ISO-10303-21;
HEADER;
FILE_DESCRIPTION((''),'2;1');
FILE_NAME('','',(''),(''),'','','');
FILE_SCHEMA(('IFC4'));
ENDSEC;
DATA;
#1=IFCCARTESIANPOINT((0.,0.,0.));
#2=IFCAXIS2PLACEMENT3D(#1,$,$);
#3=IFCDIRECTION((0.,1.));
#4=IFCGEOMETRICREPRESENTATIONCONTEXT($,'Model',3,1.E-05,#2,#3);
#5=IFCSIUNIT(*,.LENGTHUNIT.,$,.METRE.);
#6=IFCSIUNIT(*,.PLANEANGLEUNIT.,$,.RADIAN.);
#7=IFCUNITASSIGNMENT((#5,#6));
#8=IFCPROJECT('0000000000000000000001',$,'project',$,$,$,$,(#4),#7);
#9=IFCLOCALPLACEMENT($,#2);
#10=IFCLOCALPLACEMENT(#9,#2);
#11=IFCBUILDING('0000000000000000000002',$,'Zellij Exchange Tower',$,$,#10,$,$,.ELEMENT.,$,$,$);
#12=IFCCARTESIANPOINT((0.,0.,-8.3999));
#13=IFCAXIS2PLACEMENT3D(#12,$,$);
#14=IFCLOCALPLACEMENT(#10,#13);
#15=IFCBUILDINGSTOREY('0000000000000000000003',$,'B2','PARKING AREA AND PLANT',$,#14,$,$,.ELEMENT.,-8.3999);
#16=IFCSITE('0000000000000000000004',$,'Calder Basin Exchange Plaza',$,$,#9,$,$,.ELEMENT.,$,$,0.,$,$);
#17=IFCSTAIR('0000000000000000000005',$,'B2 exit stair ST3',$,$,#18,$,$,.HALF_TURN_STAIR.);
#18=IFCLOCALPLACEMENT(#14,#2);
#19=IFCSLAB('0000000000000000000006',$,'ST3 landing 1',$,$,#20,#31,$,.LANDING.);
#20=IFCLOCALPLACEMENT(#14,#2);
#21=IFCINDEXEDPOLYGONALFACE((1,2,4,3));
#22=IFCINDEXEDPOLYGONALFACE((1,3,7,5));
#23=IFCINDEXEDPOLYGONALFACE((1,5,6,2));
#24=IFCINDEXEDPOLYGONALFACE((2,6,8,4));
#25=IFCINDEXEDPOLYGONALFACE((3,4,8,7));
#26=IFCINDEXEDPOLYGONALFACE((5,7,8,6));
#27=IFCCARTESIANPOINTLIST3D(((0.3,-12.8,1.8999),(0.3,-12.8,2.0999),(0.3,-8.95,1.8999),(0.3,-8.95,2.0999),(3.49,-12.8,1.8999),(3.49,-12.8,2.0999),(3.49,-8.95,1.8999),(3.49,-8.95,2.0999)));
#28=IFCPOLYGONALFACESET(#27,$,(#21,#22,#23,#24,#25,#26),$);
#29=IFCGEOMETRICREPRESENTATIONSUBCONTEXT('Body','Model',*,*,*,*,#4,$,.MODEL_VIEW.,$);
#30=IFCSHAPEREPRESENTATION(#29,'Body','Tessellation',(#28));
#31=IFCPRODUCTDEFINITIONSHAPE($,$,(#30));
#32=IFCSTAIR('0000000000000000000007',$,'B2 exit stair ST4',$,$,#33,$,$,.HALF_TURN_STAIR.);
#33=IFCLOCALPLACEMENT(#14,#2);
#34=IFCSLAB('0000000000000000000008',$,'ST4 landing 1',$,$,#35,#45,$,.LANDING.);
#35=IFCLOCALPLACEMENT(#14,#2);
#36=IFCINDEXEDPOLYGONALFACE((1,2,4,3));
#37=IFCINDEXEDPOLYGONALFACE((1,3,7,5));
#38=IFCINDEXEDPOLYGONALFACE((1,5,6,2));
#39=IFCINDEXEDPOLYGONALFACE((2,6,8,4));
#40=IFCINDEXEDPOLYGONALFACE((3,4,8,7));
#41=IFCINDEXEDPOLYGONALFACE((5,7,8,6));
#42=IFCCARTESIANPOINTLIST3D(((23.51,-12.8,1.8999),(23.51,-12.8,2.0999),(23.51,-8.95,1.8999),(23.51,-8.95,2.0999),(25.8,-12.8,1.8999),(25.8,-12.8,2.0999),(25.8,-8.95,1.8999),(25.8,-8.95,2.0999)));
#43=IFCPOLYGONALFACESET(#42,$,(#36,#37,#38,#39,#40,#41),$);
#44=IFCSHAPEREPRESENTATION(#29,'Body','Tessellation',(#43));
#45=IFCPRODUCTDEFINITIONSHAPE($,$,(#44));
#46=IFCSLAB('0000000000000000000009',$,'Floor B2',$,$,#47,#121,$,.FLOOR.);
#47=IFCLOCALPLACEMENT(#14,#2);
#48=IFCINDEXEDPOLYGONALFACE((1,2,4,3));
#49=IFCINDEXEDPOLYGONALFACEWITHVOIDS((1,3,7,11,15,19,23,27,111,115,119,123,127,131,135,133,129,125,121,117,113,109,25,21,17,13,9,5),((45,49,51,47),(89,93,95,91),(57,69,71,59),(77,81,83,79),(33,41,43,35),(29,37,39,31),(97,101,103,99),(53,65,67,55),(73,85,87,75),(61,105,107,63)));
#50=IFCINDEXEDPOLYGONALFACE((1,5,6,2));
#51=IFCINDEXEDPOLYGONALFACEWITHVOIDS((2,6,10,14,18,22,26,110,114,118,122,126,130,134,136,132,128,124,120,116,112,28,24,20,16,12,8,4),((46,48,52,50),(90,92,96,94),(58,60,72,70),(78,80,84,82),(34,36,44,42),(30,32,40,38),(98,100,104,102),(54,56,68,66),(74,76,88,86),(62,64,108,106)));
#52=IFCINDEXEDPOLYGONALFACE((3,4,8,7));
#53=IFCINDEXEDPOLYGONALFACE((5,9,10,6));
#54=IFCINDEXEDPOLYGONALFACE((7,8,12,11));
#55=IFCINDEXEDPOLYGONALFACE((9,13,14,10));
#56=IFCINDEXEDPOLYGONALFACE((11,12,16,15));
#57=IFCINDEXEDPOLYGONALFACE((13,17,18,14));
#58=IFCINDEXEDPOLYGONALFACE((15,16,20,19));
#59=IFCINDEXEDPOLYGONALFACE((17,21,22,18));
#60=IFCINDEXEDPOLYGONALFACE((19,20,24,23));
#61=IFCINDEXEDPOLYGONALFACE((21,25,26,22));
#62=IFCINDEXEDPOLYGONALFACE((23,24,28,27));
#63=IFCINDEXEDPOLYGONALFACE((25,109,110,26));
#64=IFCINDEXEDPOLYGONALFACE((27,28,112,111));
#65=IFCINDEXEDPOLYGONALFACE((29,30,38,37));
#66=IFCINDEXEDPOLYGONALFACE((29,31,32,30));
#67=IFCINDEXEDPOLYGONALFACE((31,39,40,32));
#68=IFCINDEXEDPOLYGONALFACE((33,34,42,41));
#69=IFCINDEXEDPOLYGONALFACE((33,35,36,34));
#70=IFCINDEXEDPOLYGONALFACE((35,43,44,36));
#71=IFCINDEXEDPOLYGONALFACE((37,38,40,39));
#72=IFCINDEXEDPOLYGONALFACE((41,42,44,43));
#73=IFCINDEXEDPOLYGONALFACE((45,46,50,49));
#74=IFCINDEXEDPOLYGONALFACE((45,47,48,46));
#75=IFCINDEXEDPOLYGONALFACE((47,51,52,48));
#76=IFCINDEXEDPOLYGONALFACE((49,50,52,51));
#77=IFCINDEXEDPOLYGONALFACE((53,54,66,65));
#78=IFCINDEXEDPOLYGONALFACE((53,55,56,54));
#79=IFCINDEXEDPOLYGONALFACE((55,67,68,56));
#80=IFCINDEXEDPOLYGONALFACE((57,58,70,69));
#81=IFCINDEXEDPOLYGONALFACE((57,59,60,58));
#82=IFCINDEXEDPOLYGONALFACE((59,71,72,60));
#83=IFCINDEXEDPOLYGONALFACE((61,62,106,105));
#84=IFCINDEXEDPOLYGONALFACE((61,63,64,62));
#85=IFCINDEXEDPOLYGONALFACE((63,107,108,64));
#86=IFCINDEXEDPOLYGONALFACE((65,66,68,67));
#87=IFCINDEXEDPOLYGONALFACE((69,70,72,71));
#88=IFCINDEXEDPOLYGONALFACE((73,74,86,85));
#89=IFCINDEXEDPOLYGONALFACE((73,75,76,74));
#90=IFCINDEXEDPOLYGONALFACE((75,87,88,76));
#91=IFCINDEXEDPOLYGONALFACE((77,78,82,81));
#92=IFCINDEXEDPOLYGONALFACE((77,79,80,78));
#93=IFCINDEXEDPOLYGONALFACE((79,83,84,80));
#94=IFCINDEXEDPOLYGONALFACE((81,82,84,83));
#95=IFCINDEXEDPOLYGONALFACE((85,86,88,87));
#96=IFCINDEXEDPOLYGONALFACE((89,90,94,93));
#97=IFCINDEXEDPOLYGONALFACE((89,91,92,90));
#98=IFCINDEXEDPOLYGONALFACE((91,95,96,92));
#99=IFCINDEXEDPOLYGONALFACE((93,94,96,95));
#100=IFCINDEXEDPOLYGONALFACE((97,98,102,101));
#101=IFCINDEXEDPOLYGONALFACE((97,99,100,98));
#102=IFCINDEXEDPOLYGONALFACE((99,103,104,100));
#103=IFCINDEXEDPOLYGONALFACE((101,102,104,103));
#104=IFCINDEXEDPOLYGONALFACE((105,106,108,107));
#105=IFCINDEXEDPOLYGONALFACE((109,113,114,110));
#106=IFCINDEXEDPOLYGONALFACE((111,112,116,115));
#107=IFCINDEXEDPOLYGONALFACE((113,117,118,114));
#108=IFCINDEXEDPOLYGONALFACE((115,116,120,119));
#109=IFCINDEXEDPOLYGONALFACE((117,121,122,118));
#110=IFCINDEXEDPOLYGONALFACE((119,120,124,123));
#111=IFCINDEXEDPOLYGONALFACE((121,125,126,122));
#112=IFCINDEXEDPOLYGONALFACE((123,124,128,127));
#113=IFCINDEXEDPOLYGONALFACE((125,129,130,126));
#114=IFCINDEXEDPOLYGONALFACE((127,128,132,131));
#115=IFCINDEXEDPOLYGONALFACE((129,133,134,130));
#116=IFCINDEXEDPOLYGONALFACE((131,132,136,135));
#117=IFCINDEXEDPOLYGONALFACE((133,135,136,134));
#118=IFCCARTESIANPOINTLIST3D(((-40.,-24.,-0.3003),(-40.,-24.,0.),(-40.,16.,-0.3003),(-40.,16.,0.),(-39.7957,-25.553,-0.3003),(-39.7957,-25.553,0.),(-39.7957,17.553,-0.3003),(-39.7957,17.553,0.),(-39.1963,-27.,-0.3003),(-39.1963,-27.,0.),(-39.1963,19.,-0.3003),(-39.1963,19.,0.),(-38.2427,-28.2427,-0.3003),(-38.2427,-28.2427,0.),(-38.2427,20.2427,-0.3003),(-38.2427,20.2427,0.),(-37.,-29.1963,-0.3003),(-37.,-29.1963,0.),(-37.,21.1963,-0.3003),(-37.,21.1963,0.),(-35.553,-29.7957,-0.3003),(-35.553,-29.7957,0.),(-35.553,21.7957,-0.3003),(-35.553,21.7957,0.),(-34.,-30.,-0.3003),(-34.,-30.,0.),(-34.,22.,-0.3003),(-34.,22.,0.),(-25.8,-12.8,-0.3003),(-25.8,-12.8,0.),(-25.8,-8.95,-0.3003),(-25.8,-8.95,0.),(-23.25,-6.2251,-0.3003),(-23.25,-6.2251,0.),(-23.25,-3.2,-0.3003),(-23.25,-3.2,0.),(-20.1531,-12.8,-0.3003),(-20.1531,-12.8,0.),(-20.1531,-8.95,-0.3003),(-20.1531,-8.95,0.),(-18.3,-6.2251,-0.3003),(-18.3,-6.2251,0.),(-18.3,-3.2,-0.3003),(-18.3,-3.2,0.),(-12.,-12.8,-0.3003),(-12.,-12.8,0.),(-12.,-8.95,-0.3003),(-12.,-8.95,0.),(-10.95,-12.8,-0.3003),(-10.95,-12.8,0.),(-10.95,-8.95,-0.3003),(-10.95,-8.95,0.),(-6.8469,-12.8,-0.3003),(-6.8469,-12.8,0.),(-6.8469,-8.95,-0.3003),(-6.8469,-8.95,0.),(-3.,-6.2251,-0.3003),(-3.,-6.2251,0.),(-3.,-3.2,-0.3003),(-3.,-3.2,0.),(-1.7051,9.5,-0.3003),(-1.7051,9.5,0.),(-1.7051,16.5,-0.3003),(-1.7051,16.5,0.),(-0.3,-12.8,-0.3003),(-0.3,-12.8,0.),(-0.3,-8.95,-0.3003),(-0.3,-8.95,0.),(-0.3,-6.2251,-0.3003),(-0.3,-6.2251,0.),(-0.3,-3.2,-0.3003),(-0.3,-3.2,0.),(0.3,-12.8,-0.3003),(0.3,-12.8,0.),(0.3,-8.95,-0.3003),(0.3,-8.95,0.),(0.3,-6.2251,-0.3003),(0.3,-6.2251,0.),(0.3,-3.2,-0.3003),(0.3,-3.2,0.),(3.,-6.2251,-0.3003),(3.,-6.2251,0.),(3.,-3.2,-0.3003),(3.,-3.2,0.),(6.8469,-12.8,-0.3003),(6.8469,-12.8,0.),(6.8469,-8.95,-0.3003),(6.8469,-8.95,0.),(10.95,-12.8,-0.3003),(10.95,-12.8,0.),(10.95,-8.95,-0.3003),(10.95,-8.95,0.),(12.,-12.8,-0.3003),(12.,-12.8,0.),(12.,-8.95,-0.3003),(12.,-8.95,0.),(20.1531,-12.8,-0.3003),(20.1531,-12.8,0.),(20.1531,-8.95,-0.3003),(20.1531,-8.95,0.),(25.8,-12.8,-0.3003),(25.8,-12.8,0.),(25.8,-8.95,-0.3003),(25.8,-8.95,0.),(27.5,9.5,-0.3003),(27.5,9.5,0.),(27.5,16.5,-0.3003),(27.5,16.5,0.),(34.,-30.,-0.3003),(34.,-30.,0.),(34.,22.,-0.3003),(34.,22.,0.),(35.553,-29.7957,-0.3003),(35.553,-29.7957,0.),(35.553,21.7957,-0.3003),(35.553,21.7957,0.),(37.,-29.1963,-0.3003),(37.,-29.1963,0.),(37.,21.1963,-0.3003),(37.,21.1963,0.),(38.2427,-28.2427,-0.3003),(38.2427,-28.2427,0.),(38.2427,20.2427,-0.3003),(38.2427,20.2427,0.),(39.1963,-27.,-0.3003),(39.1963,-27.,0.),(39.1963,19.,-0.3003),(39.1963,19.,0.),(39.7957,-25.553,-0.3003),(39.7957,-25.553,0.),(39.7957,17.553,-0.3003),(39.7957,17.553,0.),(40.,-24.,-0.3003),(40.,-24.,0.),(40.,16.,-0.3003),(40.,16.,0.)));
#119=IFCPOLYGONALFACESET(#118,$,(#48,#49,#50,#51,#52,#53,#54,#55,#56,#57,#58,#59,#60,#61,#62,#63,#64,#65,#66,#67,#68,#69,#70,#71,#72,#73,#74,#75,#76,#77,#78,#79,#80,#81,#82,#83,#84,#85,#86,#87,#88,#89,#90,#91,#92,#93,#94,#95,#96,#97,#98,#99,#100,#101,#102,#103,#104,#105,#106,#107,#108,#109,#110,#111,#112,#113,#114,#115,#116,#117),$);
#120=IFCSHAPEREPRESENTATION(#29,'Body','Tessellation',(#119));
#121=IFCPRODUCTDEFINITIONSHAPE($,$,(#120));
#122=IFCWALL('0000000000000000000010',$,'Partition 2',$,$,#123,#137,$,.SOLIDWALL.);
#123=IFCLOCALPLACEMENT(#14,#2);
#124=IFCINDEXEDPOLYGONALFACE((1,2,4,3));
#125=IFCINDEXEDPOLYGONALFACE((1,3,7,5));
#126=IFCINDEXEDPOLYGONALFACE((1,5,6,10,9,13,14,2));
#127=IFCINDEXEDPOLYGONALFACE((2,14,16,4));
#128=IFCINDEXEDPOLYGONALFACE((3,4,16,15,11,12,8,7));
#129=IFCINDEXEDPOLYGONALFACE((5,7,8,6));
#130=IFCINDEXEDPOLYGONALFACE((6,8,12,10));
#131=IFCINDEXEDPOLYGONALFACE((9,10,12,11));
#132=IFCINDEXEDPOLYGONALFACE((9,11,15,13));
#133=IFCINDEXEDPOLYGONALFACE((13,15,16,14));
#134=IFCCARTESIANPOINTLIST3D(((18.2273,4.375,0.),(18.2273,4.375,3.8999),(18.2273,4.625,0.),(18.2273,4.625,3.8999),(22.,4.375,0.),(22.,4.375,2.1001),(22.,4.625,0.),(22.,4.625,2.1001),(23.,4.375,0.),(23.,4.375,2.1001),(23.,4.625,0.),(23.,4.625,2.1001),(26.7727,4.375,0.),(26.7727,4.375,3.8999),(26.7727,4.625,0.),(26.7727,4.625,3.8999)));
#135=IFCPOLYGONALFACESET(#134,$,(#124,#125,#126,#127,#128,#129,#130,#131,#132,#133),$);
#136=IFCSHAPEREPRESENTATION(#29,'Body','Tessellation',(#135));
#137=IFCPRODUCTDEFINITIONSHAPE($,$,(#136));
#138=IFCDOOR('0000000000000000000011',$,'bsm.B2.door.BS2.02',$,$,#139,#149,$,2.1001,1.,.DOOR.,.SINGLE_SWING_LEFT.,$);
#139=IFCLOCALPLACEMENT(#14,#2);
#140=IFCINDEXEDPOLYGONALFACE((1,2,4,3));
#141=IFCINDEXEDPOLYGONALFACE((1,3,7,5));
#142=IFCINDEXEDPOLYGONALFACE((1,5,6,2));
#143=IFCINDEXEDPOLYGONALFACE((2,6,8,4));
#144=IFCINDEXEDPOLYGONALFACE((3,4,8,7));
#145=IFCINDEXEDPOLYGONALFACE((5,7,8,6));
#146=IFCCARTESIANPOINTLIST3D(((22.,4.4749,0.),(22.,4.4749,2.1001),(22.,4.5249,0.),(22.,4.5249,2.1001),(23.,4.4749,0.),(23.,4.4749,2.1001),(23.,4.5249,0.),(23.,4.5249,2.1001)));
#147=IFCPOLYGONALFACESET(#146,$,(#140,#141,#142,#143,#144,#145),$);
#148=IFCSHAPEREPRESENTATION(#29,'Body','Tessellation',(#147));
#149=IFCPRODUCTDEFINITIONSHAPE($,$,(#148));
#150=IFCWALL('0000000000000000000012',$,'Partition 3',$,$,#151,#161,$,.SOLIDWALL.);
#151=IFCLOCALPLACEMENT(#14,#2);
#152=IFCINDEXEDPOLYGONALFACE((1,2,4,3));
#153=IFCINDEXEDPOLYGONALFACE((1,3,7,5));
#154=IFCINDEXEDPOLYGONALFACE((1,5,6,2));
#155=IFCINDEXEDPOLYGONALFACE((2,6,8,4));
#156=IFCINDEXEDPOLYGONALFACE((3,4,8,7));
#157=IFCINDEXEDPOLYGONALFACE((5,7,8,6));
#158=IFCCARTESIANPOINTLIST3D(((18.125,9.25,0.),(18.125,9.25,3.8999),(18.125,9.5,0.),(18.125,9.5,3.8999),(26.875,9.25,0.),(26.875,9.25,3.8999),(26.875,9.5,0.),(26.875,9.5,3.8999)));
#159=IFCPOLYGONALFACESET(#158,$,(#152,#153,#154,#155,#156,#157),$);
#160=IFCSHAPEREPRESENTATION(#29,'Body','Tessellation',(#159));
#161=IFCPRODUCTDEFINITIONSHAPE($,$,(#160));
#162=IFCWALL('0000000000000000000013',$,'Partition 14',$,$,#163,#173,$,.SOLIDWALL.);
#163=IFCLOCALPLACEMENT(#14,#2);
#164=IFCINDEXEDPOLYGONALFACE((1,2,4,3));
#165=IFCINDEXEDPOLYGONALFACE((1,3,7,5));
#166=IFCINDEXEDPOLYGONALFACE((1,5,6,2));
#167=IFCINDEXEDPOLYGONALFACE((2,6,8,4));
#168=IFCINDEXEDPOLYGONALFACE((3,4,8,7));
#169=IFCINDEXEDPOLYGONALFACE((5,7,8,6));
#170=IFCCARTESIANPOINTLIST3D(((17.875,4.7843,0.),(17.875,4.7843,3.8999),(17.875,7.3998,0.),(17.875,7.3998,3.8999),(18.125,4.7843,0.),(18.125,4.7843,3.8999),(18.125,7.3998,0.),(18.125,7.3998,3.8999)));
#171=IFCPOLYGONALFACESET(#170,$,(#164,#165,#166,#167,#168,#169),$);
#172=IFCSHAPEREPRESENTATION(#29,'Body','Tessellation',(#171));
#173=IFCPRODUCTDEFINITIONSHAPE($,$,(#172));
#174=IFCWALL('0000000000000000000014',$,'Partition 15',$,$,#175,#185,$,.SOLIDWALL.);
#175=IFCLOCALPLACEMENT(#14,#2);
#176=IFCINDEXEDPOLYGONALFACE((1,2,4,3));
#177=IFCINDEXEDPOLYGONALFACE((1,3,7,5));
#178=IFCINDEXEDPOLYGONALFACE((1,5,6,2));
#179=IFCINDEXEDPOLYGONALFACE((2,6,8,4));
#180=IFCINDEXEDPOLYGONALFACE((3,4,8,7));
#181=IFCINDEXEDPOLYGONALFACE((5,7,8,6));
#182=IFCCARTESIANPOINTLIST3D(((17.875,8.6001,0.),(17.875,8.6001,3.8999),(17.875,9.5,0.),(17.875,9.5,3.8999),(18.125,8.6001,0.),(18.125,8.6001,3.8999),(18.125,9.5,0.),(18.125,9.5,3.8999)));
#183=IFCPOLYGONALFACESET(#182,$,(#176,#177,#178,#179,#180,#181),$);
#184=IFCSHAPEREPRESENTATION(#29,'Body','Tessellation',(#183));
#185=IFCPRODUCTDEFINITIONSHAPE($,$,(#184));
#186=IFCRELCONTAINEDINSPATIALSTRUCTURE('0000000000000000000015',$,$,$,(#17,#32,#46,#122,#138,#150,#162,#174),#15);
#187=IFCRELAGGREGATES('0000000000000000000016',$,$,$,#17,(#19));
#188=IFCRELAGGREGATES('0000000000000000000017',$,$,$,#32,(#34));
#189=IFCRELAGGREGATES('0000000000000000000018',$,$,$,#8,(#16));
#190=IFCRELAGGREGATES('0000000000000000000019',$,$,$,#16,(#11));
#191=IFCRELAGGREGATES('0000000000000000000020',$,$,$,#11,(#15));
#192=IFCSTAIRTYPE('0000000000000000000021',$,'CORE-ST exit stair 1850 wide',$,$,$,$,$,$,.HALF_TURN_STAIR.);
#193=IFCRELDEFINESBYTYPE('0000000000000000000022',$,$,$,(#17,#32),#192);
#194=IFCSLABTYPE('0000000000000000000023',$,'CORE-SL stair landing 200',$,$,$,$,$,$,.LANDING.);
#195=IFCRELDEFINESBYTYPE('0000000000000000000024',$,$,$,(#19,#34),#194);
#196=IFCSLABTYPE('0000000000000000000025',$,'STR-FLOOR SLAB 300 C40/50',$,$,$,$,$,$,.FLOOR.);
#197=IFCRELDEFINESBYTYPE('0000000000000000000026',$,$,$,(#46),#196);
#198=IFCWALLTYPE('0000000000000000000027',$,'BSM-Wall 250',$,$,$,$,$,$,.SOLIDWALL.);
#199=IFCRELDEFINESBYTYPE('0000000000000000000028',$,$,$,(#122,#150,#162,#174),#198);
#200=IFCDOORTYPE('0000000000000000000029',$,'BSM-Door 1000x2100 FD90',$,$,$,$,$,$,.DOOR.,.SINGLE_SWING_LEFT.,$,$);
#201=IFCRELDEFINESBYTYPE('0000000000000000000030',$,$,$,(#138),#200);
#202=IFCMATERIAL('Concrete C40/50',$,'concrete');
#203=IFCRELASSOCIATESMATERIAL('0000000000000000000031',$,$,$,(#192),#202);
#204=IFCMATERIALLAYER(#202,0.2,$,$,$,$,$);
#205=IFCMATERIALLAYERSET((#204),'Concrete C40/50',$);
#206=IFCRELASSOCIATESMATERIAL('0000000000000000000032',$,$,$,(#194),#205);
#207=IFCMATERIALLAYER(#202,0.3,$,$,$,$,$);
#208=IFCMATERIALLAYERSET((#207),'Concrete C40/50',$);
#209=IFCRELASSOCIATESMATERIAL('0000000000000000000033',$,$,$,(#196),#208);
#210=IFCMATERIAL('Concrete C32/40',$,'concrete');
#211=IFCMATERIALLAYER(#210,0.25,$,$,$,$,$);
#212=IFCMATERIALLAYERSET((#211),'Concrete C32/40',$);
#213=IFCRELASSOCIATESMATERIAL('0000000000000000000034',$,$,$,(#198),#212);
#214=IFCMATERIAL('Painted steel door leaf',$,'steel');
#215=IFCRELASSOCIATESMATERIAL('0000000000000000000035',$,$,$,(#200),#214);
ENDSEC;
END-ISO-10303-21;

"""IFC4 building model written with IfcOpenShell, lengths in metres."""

from ifc_helpers import new_model, si_unit, direction, frame, frame_2d, origin, place, context, subcontext, project, spatial, polyline, rectangle, outline, extrude, material, layer, layer_set, type_object, element, fill, aggregate, save


model = new_model("IFC4")

# Units and contexts
model_context = context("Model", 3, precision=1e-05, world=origin(), true_north=direction((0.0, 1.0)))
body_context = subcontext(model_context, "Body", "Model", "MODEL_VIEW")
ifc_project = project(units=[si_unit("LENGTHUNIT", "METRE"), si_unit("PLANEANGLEUNIT", "RADIAN")], contexts=[model_context])

# Site, building, storey
site_placement = place(None, origin())
site = spatial("IfcSite", under=ifc_project, at=site_placement, Name="Calder Basin Exchange Plaza", CompositionType="ELEMENT", RefElevation=0.0)
building_placement = place(site_placement, origin())
building = spatial("IfcBuilding", under=site, at=building_placement, Name="Zellij Exchange Tower", CompositionType="ELEMENT")
storey_placement = place(building_placement, frame((0.0, 0.0, -8.3999)))
storey = spatial("IfcBuildingStorey", under=building, at=storey_placement, Name="B2", Description="PARKING AREA AND PLANT", CompositionType="ELEMENT", Elevation=-8.3999)

# Shared definitions
ifc_material_1 = material(Name="Concrete C40/50", Category="concrete")

# Stairs, slabs
stair_type = type_object("IfcStairType", Name="CORE-ST exit stair 1850 wide", PredefinedType="HALF_TURN_STAIR", material=ifc_material_1)
ifc_layer_1 = layer(ifc_material_1, 0.2)
ifc_layer_set_1 = layer_set([ifc_layer_1], Name="Concrete C40/50")
slab_type_1 = type_object("IfcSlabType", Name="CORE-SL stair landing 200", PredefinedType="LANDING", material=ifc_layer_set_1)
stair_1_placement = place(storey_placement, origin())
stair_1 = element("IfcStair", 1, at=stair_1_placement, inside=storey, type_object=stair_type, Name="B2 exit stair ST3", PredefinedType="HALF_TURN_STAIR")
slab_1_placement = place(storey_placement, frame((0.0, 0.0, 1.8999)))
slab_1 = element("IfcSlab", 2, at=slab_1_placement, type_object=slab_type_1, Name="ST3 landing 1", PredefinedType="LANDING", context=body_context, shape_type="SweptSolid", body=[
    extrude(outline(polyline([(3.49, -8.95), (0.3, -8.95), (0.3, -12.8), (3.49, -12.8), (3.49, -8.95)])), origin(), (0.0, 0.0, 1.0), 0.2),
])
aggregate(stair_1, [slab_1])
stair_2_placement = place(storey_placement, origin())
stair_2 = element("IfcStair", 3, at=stair_2_placement, inside=storey, type_object=stair_type, Name="B2 exit stair ST4", PredefinedType="HALF_TURN_STAIR")
slab_2_placement = place(storey_placement, frame((0.0, 0.0, 1.8999)))
slab_2 = element("IfcSlab", 4, at=slab_2_placement, type_object=slab_type_1, Name="ST4 landing 1", PredefinedType="LANDING", context=body_context, shape_type="SweptSolid", body=[
    extrude(outline(polyline([(23.51, -12.8), (25.8, -12.8), (25.8, -8.95), (23.51, -8.95), (23.51, -12.8)])), origin(), (0.0, 0.0, 1.0), 0.2),
])
aggregate(stair_2, [slab_2])

# Slab
ifc_layer_2 = layer(ifc_material_1, 0.3)
ifc_layer_set_2 = layer_set([ifc_layer_2], Name="Concrete C40/50")
slab_type_2 = type_object("IfcSlabType", Name="STR-FLOOR SLAB 300 C40/50", PredefinedType="FLOOR", material=ifc_layer_set_2)
slab_3_placement = place(storey_placement, frame((0.0, 0.0, -0.3003)))
element("IfcSlab", 5, at=slab_3_placement, inside=storey, type_object=slab_type_2, Name="Floor B2", PredefinedType="FLOOR", context=body_context, shape_type="SweptSolid", body=[
    extrude(outline(polyline([(-34.0, -30.0), (-35.553, -29.7957), (-37.0, -29.1963), (-38.2427, -28.2427), (-39.1963, -27.0), (-39.7957, -25.553), (-40.0, -24.0), (-40.0, 16.0), (-39.7957, 17.553), (-39.1963, 19.0), (-38.2427, 20.2427), (-37.0, 21.1963), (-35.553, 21.7957), (-34.0, 22.0), (34.0, 22.0), (35.553, 21.7957), (37.0, 21.1963), (38.2427, 20.2427), (39.1963, 19.0), (39.7957, 17.553), (40.0, 16.0), (40.0, -24.0), (39.7957, -25.553), (39.1963, -27.0), (38.2427, -28.2427), (37.0, -29.1963), (35.553, -29.7957), (34.0, -30.0), (-34.0, -30.0)]), holes=[polyline([(-25.8, -8.95), (-25.8, -12.8), (-20.1531, -12.8), (-20.1531, -8.95), (-25.8, -8.95)]), polyline([(-12.0, -8.95), (-12.0, -12.8), (-10.95, -12.8), (-10.95, -8.95), (-12.0, -8.95)]), polyline([(-6.8469, -8.95), (-6.8469, -12.8), (-0.3, -12.8), (-0.3, -8.95), (-6.8469, -8.95)]), polyline([(6.8469, -8.95), (0.3, -8.95), (0.3, -12.8), (6.8469, -12.8), (6.8469, -8.95)]), polyline([(12.0, -8.95), (10.95, -8.95), (10.95, -12.8), (12.0, -12.8), (12.0, -8.95)]), polyline([(20.1531, -8.95), (20.1531, -12.8), (25.8, -12.8), (25.8, -8.95), (20.1531, -8.95)]), polyline([(-23.25, -3.2), (-23.25, -6.2251), (-18.3, -6.2251), (-18.3, -3.2), (-23.25, -3.2)]), polyline([(-3.0, -3.2), (-3.0, -6.2251), (-0.3, -6.2251), (-0.3, -3.2), (-3.0, -3.2)]), polyline([(3.0, -3.2), (0.3, -3.2), (0.3, -6.2251), (3.0, -6.2251), (3.0, -3.2)]), polyline([(27.5, 16.5), (-1.7051, 16.5), (-1.7051, 9.5), (27.5, 9.5), (27.5, 16.5)])]), origin(), (0.0, 0.0, 1.0), 0.3003),
])

# Wall, opening, door
ifc_material_2 = material(Name="Concrete C32/40", Category="concrete")
ifc_layer_3 = layer(ifc_material_2, 0.25)
ifc_layer_set_3 = layer_set([ifc_layer_3], Name="Concrete C32/40")
wall_type_1 = type_object("IfcWallType", Name="BSM-Wall 250", PredefinedType="SOLIDWALL", material=ifc_layer_set_3)
wall_1_placement = place(storey_placement, frame((18.2273, 4.5, 0.0), z_axis=(0.0, 0.0, 1.0), x_axis=(1.0, 0.0, 0.0)))
wall_1 = element("IfcWall", 6, at=wall_1_placement, inside=storey, type_object=wall_type_1, Name="Partition 2", PredefinedType="SOLIDWALL", context=body_context, shape_type="SweptSolid", body=[
    extrude(rectangle(XDim=8.5454, YDim=0.25, at=frame_2d((4.2727, 0.0))), origin(), (0.0, 0.0, 1.0), 3.8999),
])
opening_placement = place(wall_1_placement, frame((3.7727, 0.0, 0.0)))
opening = element("IfcOpeningElement", 7, at=opening_placement, cuts=wall_1, PredefinedType="OPENING", context=body_context, shape_type="SweptSolid", body=[
    extrude(rectangle(XDim=1.0, YDim=2.1001, at=frame_2d((0.5, 1.05))), frame((0.0, 0.137, 0.0), z_axis=(0.0, -1.0, 0.0), x_axis=(1.0, 0.0, 0.0)), (0.0, 0.0, 1.0), 0.2739),
])
ifc_material_3 = material(Name="Painted steel door leaf", Category="steel")
door_type = type_object("IfcDoorType", Name="BSM-Door 1000x2100 FD90", OperationType="SINGLE_SWING_LEFT", PredefinedType="DOOR", material=ifc_material_3)
door_placement = place(opening_placement, origin())
door = element("IfcDoor", 8, at=door_placement, inside=storey, type_object=door_type, Name="bsm.B2.door.BS2.02", OperationType="SINGLE_SWING_LEFT", OverallHeight=2.1001, OverallWidth=1.0, PredefinedType="DOOR", context=body_context, shape_type="SweptSolid", body=[
    extrude(rectangle(XDim=1.0, YDim=2.1001, at=frame_2d((0.5, 1.05))), frame((0.0, 0.0249, 0.0), z_axis=(0.0, -1.0, 0.0), x_axis=(1.0, 0.0, 0.0)), (0.0, 0.0, 1.0), 0.05),
])
fill(opening, door)

# Walls
wall_2_placement = place(storey_placement, frame((18.125, 9.375, 0.0), z_axis=(0.0, 0.0, 1.0), x_axis=(1.0, 0.0, 0.0)))
element("IfcWall", 9, at=wall_2_placement, inside=storey, type_object=wall_type_1, Name="Partition 3", PredefinedType="SOLIDWALL", context=body_context, shape_type="SweptSolid", body=[
    extrude(rectangle(XDim=8.75, YDim=0.25, at=frame_2d((4.375, 0.0))), origin(), (0.0, 0.0, 1.0), 3.8999),
])
wall_3_placement = place(storey_placement, frame((18.0, 4.7844, 0.0), z_axis=(0.0, 0.0, 1.0), x_axis=(0.0, 1.0, 0.0)))
element("IfcWall", 10, at=wall_3_placement, inside=storey, type_object=wall_type_1, Name="Partition 14", PredefinedType="SOLIDWALL", context=body_context, shape_type="SweptSolid", body=[
    extrude(rectangle(XDim=2.6155, YDim=0.25, at=frame_2d((1.3076, 0.0))), origin(), (0.0, 0.0, 1.0), 3.8999),
])
wall_4_placement = place(storey_placement, frame((18.0, 8.6001, 0.0), z_axis=(0.0, 0.0, 1.0), x_axis=(0.0, 1.0, 0.0)))
element("IfcWall", 11, at=wall_4_placement, inside=storey, type_object=wall_type_1, Name="Partition 15", PredefinedType="SOLIDWALL", context=body_context, shape_type="SweptSolid", body=[
    extrude(rectangle(XDim=0.8999, YDim=0.25, at=frame_2d((0.45, 0.0))), origin(), (0.0, 0.0, 1.0), 3.8999),
])

save(model, "model.ifc")
